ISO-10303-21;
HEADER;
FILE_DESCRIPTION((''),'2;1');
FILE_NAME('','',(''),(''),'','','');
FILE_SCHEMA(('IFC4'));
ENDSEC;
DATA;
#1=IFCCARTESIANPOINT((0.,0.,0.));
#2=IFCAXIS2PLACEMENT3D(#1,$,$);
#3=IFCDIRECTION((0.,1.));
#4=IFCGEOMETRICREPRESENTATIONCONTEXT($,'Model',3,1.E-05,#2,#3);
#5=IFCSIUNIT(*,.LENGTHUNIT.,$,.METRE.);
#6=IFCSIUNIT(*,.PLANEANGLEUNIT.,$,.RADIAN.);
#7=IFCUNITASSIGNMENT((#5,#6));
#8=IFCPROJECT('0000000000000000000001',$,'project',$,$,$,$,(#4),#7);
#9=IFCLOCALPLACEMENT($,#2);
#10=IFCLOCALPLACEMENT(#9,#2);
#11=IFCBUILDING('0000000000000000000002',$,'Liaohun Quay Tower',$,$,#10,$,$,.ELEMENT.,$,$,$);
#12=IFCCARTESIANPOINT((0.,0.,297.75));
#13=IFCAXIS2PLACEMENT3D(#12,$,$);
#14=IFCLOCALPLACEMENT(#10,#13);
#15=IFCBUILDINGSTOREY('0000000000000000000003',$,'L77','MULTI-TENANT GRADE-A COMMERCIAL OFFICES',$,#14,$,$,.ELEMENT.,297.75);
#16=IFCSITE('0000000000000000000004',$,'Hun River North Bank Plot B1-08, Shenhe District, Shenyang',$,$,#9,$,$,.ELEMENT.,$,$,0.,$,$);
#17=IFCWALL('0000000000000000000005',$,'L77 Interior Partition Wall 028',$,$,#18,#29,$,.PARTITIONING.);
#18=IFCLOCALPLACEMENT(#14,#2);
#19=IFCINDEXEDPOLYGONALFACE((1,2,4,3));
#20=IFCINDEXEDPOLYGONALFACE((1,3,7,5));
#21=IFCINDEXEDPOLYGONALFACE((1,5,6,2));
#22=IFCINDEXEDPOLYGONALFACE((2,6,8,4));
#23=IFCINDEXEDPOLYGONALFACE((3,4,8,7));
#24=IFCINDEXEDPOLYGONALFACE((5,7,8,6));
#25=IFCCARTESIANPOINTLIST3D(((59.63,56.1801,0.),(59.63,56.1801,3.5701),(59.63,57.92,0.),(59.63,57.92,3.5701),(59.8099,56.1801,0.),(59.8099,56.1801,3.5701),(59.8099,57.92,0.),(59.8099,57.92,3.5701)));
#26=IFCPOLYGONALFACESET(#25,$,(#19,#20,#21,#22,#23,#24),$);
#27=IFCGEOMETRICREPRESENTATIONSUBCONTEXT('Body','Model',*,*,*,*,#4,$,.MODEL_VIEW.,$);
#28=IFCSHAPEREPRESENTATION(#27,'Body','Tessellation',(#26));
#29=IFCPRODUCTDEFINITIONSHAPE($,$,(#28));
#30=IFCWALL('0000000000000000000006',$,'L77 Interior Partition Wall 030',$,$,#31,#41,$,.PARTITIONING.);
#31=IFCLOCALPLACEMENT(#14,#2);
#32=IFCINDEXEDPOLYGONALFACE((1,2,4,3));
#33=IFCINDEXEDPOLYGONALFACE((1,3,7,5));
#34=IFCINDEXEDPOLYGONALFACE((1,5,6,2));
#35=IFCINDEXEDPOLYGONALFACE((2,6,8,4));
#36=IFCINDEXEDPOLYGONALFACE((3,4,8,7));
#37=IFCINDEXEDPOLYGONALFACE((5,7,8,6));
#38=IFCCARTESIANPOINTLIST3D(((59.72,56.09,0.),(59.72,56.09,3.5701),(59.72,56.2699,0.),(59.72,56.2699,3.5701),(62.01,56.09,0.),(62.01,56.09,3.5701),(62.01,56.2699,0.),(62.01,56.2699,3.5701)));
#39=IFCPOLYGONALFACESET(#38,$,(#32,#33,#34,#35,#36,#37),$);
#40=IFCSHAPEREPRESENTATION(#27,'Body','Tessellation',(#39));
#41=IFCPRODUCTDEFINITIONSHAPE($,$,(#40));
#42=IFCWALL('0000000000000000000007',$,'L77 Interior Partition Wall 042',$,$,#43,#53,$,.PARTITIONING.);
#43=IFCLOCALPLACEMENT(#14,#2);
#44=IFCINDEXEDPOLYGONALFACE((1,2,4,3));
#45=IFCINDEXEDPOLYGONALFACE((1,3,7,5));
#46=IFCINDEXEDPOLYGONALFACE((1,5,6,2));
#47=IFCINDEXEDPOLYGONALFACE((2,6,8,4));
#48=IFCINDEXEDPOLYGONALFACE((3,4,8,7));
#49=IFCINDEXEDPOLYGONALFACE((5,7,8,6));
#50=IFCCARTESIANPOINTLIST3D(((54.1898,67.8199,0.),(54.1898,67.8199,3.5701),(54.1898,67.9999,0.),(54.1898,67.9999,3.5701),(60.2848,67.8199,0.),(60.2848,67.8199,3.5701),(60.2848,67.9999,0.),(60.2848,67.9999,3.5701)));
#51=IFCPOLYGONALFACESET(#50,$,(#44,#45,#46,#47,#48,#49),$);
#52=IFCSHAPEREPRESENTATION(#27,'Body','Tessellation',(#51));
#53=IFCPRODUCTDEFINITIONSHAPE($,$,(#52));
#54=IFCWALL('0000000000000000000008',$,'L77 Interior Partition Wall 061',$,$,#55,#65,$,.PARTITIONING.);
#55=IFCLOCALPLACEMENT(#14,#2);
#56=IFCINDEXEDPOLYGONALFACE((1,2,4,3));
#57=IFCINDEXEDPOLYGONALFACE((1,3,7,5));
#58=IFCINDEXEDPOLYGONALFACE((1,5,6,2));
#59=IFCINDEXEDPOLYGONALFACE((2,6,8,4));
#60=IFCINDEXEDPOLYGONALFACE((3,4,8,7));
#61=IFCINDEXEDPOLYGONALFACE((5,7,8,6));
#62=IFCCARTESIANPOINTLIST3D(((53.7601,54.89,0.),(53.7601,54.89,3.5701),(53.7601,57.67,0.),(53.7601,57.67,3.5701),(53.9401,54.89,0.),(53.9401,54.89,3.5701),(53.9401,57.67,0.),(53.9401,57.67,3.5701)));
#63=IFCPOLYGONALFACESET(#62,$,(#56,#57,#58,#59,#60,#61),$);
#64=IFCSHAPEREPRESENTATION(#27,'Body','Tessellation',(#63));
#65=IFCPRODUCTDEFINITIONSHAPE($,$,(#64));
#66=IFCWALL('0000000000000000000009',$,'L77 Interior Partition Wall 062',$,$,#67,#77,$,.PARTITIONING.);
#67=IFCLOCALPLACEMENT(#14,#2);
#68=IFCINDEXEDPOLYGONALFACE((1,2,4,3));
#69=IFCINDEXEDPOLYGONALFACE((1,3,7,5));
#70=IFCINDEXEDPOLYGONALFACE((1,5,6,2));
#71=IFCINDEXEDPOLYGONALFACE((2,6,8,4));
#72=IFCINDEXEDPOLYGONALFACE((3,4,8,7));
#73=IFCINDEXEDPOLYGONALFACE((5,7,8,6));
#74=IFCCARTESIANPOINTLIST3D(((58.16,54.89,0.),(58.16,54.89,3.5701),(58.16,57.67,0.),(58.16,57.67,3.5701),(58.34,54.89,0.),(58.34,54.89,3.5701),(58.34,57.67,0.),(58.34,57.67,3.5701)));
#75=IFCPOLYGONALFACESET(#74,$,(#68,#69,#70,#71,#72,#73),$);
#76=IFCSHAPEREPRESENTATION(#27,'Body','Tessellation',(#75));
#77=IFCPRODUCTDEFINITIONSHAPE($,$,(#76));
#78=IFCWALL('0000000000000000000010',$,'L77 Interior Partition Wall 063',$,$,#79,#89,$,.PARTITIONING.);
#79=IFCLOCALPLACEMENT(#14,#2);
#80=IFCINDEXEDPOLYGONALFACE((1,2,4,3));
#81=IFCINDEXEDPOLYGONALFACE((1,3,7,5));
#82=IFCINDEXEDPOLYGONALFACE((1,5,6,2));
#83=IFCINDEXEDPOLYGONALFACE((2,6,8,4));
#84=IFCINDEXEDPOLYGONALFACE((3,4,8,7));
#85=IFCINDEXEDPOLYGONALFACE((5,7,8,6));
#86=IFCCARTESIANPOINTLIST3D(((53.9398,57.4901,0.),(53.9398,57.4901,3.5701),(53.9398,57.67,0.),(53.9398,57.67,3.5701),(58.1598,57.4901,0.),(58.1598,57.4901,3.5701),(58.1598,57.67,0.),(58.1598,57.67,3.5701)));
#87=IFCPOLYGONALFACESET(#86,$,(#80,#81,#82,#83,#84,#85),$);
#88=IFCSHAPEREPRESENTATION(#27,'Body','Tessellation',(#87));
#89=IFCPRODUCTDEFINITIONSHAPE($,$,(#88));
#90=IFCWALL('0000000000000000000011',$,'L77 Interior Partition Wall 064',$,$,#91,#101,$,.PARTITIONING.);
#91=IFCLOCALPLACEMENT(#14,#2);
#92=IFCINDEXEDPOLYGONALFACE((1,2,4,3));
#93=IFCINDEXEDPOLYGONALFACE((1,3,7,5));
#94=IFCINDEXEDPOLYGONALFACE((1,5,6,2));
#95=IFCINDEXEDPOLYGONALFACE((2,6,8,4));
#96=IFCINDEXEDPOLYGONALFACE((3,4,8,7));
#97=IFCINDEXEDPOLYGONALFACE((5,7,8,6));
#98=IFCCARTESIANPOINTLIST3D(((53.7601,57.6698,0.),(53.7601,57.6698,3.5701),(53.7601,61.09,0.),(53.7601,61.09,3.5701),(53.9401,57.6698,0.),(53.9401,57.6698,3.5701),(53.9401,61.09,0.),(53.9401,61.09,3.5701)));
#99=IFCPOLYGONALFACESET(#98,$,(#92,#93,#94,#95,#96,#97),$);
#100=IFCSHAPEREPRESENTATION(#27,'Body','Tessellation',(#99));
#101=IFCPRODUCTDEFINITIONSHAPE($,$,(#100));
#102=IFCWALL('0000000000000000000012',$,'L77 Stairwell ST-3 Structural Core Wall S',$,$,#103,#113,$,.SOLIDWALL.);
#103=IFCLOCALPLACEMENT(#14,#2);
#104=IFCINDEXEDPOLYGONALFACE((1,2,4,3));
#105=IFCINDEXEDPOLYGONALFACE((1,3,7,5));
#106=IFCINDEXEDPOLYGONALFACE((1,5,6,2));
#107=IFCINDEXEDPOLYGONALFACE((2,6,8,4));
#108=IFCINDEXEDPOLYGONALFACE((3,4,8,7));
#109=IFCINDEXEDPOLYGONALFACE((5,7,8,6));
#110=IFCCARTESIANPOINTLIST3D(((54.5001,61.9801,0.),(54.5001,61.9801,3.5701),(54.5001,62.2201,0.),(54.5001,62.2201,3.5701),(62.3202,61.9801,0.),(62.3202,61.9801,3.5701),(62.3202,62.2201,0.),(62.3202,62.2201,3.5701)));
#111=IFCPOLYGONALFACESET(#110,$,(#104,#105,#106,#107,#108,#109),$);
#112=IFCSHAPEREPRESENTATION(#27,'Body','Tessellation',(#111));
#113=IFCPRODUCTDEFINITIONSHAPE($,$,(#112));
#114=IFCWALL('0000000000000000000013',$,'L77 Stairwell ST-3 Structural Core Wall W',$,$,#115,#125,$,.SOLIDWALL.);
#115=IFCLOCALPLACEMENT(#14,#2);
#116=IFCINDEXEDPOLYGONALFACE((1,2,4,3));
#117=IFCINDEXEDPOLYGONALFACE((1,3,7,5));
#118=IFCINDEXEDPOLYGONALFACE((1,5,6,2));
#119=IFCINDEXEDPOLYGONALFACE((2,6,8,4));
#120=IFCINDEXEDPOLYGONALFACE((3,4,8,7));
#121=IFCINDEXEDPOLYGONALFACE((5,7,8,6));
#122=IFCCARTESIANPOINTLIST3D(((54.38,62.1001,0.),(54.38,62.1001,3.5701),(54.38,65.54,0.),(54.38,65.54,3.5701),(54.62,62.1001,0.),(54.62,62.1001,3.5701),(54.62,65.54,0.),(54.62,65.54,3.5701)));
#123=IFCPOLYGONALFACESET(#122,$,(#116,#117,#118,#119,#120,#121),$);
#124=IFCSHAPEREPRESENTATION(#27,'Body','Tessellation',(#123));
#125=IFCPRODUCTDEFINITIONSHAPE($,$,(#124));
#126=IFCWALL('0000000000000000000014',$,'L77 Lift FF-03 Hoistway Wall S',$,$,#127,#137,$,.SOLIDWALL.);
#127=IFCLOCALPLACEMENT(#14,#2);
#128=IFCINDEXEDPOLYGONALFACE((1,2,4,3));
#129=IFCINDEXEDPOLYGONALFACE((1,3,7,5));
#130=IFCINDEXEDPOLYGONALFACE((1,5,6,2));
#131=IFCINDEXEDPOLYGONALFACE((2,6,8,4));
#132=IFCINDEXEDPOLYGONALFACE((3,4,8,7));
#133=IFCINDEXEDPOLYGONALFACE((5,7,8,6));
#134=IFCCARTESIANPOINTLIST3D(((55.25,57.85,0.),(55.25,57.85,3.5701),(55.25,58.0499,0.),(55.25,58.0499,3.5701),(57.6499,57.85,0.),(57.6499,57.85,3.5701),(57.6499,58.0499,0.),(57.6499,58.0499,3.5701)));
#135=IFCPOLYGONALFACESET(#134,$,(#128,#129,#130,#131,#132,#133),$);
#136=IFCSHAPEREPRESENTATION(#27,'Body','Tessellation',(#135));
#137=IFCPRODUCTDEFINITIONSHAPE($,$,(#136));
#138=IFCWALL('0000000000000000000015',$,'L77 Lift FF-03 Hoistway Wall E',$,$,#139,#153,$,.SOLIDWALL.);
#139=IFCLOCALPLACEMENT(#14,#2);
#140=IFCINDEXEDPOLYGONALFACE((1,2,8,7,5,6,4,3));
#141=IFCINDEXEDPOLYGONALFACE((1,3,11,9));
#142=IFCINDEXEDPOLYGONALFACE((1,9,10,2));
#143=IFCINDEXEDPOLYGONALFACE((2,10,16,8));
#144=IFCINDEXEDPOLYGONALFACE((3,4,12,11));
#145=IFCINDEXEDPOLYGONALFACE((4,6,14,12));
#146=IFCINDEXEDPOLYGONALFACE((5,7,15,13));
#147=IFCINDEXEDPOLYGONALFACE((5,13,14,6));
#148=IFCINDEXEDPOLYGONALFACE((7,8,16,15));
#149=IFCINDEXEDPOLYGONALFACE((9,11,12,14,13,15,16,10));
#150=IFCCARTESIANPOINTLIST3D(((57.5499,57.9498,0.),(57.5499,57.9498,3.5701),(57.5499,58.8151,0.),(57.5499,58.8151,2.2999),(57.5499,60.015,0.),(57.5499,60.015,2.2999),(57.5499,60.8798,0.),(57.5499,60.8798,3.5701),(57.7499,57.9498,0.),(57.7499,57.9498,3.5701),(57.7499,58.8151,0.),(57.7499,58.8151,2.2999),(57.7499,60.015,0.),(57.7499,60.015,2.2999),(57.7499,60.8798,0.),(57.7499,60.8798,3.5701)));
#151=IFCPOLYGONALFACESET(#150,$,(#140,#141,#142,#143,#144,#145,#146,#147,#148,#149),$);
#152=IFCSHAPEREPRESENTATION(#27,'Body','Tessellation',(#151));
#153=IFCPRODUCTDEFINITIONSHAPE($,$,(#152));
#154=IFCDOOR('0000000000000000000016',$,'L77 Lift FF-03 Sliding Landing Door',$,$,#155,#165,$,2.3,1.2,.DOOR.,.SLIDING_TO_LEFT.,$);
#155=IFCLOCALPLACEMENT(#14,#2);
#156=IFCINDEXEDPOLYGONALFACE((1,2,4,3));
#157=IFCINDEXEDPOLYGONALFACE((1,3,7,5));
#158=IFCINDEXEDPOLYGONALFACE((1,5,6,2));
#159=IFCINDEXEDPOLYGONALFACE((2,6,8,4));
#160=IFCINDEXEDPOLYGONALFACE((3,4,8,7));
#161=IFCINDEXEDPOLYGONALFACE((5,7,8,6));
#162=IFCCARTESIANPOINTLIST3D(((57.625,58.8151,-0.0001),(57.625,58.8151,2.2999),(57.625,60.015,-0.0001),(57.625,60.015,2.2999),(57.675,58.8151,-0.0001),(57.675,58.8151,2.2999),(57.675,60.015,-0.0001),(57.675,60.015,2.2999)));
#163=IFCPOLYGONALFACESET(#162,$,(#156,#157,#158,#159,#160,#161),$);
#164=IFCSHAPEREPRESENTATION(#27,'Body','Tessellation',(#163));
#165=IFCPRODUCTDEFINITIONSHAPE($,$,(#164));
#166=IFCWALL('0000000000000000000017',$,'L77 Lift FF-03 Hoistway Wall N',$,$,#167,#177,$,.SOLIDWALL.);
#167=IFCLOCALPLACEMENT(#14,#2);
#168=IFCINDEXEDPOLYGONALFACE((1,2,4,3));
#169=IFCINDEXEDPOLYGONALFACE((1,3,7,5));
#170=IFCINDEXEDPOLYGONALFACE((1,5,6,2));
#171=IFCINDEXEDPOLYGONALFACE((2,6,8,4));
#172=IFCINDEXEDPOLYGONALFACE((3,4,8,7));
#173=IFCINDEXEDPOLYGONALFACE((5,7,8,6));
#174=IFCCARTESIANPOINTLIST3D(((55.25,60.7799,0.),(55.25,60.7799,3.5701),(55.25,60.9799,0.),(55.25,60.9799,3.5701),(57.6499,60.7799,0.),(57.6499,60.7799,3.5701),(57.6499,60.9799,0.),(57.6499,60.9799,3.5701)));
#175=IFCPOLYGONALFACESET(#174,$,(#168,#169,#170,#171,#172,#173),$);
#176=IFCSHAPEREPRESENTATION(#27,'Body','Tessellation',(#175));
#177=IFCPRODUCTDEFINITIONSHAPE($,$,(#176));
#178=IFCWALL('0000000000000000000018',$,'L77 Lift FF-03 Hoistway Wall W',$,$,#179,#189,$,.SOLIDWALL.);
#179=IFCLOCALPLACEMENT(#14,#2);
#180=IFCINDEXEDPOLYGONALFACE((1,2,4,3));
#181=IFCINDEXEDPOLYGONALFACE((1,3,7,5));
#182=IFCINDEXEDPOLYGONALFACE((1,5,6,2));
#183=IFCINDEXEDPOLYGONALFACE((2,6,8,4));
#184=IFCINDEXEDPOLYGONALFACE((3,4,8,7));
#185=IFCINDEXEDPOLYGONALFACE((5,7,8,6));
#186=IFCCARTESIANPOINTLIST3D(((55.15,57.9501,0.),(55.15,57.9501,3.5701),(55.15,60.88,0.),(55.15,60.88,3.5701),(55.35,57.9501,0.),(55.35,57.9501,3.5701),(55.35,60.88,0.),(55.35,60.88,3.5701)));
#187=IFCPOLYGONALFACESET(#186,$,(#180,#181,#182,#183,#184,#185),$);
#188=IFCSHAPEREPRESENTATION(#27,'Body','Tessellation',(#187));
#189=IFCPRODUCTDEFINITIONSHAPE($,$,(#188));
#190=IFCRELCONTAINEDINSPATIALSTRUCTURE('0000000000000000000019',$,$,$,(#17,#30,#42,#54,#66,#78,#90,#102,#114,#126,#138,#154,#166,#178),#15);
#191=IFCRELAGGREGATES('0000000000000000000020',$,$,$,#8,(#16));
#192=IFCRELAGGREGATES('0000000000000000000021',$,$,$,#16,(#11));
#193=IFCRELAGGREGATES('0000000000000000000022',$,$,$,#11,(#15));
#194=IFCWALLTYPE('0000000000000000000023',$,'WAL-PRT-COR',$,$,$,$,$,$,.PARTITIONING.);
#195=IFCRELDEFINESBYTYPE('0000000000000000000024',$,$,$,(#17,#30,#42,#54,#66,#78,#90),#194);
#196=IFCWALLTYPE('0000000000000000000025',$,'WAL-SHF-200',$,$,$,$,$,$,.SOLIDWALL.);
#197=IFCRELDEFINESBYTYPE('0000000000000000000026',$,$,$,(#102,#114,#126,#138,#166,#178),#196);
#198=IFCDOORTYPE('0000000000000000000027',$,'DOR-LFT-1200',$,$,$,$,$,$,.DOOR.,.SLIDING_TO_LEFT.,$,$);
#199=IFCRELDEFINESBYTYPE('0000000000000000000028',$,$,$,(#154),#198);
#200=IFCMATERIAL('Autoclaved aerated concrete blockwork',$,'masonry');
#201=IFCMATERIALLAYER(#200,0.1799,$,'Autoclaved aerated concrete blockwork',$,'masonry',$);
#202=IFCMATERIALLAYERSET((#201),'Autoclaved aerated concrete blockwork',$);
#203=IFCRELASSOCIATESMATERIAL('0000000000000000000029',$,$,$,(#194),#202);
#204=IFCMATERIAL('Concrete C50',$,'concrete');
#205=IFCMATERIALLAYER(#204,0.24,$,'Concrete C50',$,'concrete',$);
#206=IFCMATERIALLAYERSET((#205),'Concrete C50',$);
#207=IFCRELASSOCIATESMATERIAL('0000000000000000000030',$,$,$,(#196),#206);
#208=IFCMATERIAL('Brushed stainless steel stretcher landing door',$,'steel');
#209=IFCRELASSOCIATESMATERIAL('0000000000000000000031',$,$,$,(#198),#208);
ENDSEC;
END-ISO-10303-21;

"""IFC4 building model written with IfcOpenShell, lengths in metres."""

from ifc_helpers import new_model, si_unit, direction, frame, frame_2d, origin, place, context, subcontext, project, spatial, rectangle, extrude, source, transform, mapped, material, layer, layer_set, type_object, element, fill, save


model = new_model("IFC4")

# Units and contexts
model_context = context("Model", 3, precision=1e-05, world=origin(), true_north=direction((0.0, 1.0)))
body_context = subcontext(model_context, "Body", "Model", "MODEL_VIEW")
ifc_project = project(units=[si_unit("LENGTHUNIT", "METRE"), si_unit("PLANEANGLEUNIT", "RADIAN")], contexts=[model_context])

# Site, building, storey
site_placement = place(None, origin())
site = spatial("IfcSite", under=ifc_project, at=site_placement, Name="Hun River North Bank Plot B1-08, Shenhe District, Shenyang", CompositionType="ELEMENT", RefElevation=0.0)
building_placement = place(site_placement, origin())
building = spatial("IfcBuilding", under=site, at=building_placement, Name="Liaohun Quay Tower", CompositionType="ELEMENT")
storey_placement = place(building_placement, frame((0.0, 0.0, 297.75)))
storey = spatial("IfcBuildingStorey", under=building, at=storey_placement, Name="L77", Description="MULTI-TENANT GRADE-A COMMERCIAL OFFICES", CompositionType="ELEMENT", Elevation=297.75)

# Shared definitions
ifc_material_1 = material(Name="Concrete C50", Category="concrete")

# Shared definitions
ifc_material_2 = material(Name="Autoclaved aerated concrete blockwork", Category="masonry")
ifc_layer_1 = layer(ifc_material_2, 0.1799, Name="Autoclaved aerated concrete blockwork", Category="masonry")
ifc_layer_set_1 = layer_set([ifc_layer_1], Name="Autoclaved aerated concrete blockwork")
wall_type_1 = type_object("IfcWallType", Name="WAL-PRT-COR", PredefinedType="PARTITIONING", material=ifc_layer_set_1)

# Walls
wall_1_placement = place(storey_placement, frame((59.72, 56.1799, 0.0), z_axis=(0.0, 0.0, 1.0), x_axis=(0.0, 1.0, 0.0)))
element("IfcWall", 1, at=wall_1_placement, inside=storey, type_object=wall_type_1, Name="L77 Interior Partition Wall 028", PredefinedType="PARTITIONING", context=body_context, shape_type="SweptSolid", body=[
    extrude(rectangle(XDim=1.74, YDim=0.1799, at=frame_2d((0.8701, 0.0))), origin(), (0.0, 0.0, 1.0), 3.5701),
])
wall_2_placement = place(storey_placement, frame((59.72, 56.1799, 0.0), z_axis=(0.0, 0.0, 1.0), x_axis=(1.0, 0.0, 0.0)))
element("IfcWall", 2, at=wall_2_placement, inside=storey, type_object=wall_type_1, Name="L77 Interior Partition Wall 030", PredefinedType="PARTITIONING", context=body_context, shape_type="SweptSolid", body=[
    extrude(rectangle(XDim=2.29, YDim=0.1799, at=frame_2d((1.145, 0.0))), origin(), (0.0, 0.0, 1.0), 3.5701),
])
wall_3_placement = place(storey_placement, frame((54.1899, 67.9099, 0.0), z_axis=(0.0, 0.0, 1.0), x_axis=(1.0, 0.0, 0.0)))
element("IfcWall", 3, at=wall_3_placement, inside=storey, type_object=wall_type_1, Name="L77 Interior Partition Wall 042", PredefinedType="PARTITIONING", context=body_context, shape_type="SweptSolid", body=[
    extrude(rectangle(XDim=6.095, YDim=0.1799, at=frame_2d((3.0474, 0.0))), origin(), (0.0, 0.0, 1.0), 3.5701),
])
for number, where, z_axis, x_axis, name in (
    (4, (53.8501, 54.8899, 0.0), (0.0, 0.0, 1.0), (0.0, 1.0, 0.0), "L77 Interior Partition Wall 061"),
    (5, (58.25, 54.8899, 0.0), (0.0, 0.0, 1.0), (0.0, 1.0, 0.0), "L77 Interior Partition Wall 062"),
):
    element("IfcWall", number, at=place(storey_placement, frame(where, z_axis=z_axis, x_axis=x_axis)), inside=storey, type_object=wall_type_1, Name=name, PredefinedType="PARTITIONING", context=body_context, shape_type="SweptSolid", body=[
        extrude(rectangle(XDim=2.78, YDim=0.1799, at=frame_2d((1.3901, 0.0))), origin(), (0.0, 0.0, 1.0), 3.5701),
    ])
wall_4_placement = place(storey_placement, frame((53.9399, 57.5801, 0.0), z_axis=(0.0, 0.0, 1.0), x_axis=(1.0, 0.0, 0.0)))
element("IfcWall", 6, at=wall_4_placement, inside=storey, type_object=wall_type_1, Name="L77 Interior Partition Wall 063", PredefinedType="PARTITIONING", context=body_context, shape_type="SweptSolid", body=[
    extrude(rectangle(XDim=4.22, YDim=0.1799, at=frame_2d((2.1099, 0.0))), origin(), (0.0, 0.0, 1.0), 3.5701),
])
wall_5_placement = place(storey_placement, frame((53.8501, 57.6699, 0.0), z_axis=(0.0, 0.0, 1.0), x_axis=(0.0, 1.0, 0.0)))
element("IfcWall", 7, at=wall_5_placement, inside=storey, type_object=wall_type_1, Name="L77 Interior Partition Wall 064", PredefinedType="PARTITIONING", context=body_context, shape_type="SweptSolid", body=[
    extrude(rectangle(XDim=3.4202, YDim=0.1799, at=frame_2d((1.71, 0.0))), origin(), (0.0, 0.0, 1.0), 3.5701),
])
ifc_layer_2 = layer(ifc_material_1, 0.24, Name="Concrete C50", Category="concrete")
ifc_layer_set_2 = layer_set([ifc_layer_2], Name="Concrete C50")
wall_type_2 = type_object("IfcWallType", Name="WAL-SHF-200", PredefinedType="SOLIDWALL", material=ifc_layer_set_2)
wall_6_placement = place(storey_placement, frame((54.5, 62.1001, 0.0), z_axis=(0.0, 0.0, 1.0), x_axis=(1.0, 0.0, 0.0)))
element("IfcWall", 8, at=wall_6_placement, inside=storey, type_object=wall_type_2, Name="L77 Stairwell ST-3 Structural Core Wall S", PredefinedType="SOLIDWALL", context=body_context, shape_type="SweptSolid", body=[
    extrude(rectangle(XDim=7.8201, YDim=0.24, at=frame_2d((3.9102, 0.0))), origin(), (0.0, 0.0, 1.0), 3.5701),
])
wall_7_placement = place(storey_placement, frame((54.5, 65.54, 0.0), z_axis=(0.0, 0.0, 1.0), x_axis=(0.0, -1.0, 0.0)))
element("IfcWall", 9, at=wall_7_placement, inside=storey, type_object=wall_type_2, Name="L77 Stairwell ST-3 Structural Core Wall W", PredefinedType="SOLIDWALL", context=body_context, shape_type="SweptSolid", body=[
    extrude(rectangle(XDim=3.4399, YDim=0.24, at=frame_2d((1.72, 0.0))), origin(), (0.0, 0.0, 1.0), 3.5701),
])
wall_8_placement = place(storey_placement, frame((55.25, 57.95, 0.0), z_axis=(0.0, 0.0, 1.0), x_axis=(1.0, 0.0, 0.0)))
element("IfcWall", 10, at=wall_8_placement, inside=storey, type_object=wall_type_2, Name="L77 Lift FF-03 Hoistway Wall S", PredefinedType="SOLIDWALL", context=body_context, shape_type="SweptSolid", body=[
    extrude(rectangle(XDim=2.3999, YDim=0.2, at=frame_2d((1.2, 0.0))), origin(), (0.0, 0.0, 1.0), 3.5701),
])

# Wall, opening, door
wall_9_placement = place(storey_placement, frame((57.6499, 57.95, 0.0), z_axis=(0.0, 0.0, 1.0), x_axis=(0.0, 1.0, 0.0)))
wall_9 = element("IfcWall", 11, at=wall_9_placement, inside=storey, type_object=wall_type_2, Name="L77 Lift FF-03 Hoistway Wall E", PredefinedType="SOLIDWALL", context=body_context, shape_type="SweptSolid", body=[
    extrude(rectangle(XDim=2.9299, YDim=0.2, at=frame_2d((1.4648, 0.0))), origin(), (0.0, 0.0, 1.0), 3.5701),
])
shared_shape_1 = source(origin(), body_context, "Body", "SweptSolid", [
    extrude(rectangle(XDim=1.2, YDim=2.3, at=frame_2d((0.6001, 1.1499))), frame((0.0, 0.1099, 0.0), z_axis=(0.0, -1.0, 0.0), x_axis=(1.0, 0.0, 0.0)), (0.0, 0.0, 1.0), 0.22),
])
opening_1_placement = place(wall_9_placement, frame((0.865, 0.0, 0.0)))
opening_1 = element("IfcOpeningElement", 12, at=opening_1_placement, cuts=wall_9, PredefinedType="OPENING", context=body_context, shape_type="MappedRepresentation", body=[
    mapped(shared_shape_1, transform((0.0, 0.0, 0.0), x_axis=(1.0, 0.0, 0.0), y_axis=(0.0, 1.0, 0.0), z_axis=(0.0, 0.0, 1.0), scale=1.0)),
])
ifc_material_3 = material(Name="Brushed stainless steel stretcher landing door", Category="steel")
door_type_1 = type_object("IfcDoorType", Name="DOR-LFT-1200", OperationType="SLIDING_TO_LEFT", PredefinedType="DOOR", material=ifc_material_3)
shared_shape_2 = source(origin(), body_context, "Body", "SweptSolid", [
    extrude(rectangle(XDim=1.2, YDim=2.3, at=frame_2d((0.6001, 1.1499))), frame((0.0, 0.0249, 0.0), z_axis=(0.0, -1.0, 0.0), x_axis=(1.0, 0.0, 0.0)), (0.0, 0.0, 1.0), 0.05),
])
door_1_placement = place(opening_1_placement, origin())
door_1 = element("IfcDoor", 13, at=door_1_placement, inside=storey, type_object=door_type_1, Name="L77 Lift FF-03 Sliding Landing Door", OperationType="SLIDING_TO_LEFT", OverallHeight=2.3, OverallWidth=1.2, PredefinedType="DOOR", context=body_context, shape_type="MappedRepresentation", body=[
    mapped(shared_shape_2, transform((0.0, 0.0, 0.0), x_axis=(1.0, 0.0, 0.0), y_axis=(0.0, 1.0, 0.0), z_axis=(0.0, 0.0, 1.0), scale=1.0)),
])
fill(opening_1, door_1)

# Walls
wall_10_placement = place(storey_placement, frame((57.6499, 60.8799, 0.0), z_axis=(0.0, 0.0, 1.0), x_axis=(-1.0, 0.0, 0.0)))
element("IfcWall", 14, at=wall_10_placement, inside=storey, type_object=wall_type_2, Name="L77 Lift FF-03 Hoistway Wall N", PredefinedType="SOLIDWALL", context=body_context, shape_type="SweptSolid", body=[
    extrude(rectangle(XDim=2.3999, YDim=0.2, at=frame_2d((1.2, 0.0))), origin(), (0.0, 0.0, 1.0), 3.5701),
])
wall_11_placement = place(storey_placement, frame((55.25, 60.8799, 0.0), z_axis=(0.0, 0.0, 1.0), x_axis=(0.0, -1.0, 0.0)))
element("IfcWall", 15, at=wall_11_placement, inside=storey, type_object=wall_type_2, Name="L77 Lift FF-03 Hoistway Wall W", PredefinedType="SOLIDWALL", context=body_context, shape_type="SweptSolid", body=[
    extrude(rectangle(XDim=2.9299, YDim=0.2, at=frame_2d((1.4648, 0.0))), origin(), (0.0, 0.0, 1.0), 3.5701),
])

save(model, "model.ifc")
